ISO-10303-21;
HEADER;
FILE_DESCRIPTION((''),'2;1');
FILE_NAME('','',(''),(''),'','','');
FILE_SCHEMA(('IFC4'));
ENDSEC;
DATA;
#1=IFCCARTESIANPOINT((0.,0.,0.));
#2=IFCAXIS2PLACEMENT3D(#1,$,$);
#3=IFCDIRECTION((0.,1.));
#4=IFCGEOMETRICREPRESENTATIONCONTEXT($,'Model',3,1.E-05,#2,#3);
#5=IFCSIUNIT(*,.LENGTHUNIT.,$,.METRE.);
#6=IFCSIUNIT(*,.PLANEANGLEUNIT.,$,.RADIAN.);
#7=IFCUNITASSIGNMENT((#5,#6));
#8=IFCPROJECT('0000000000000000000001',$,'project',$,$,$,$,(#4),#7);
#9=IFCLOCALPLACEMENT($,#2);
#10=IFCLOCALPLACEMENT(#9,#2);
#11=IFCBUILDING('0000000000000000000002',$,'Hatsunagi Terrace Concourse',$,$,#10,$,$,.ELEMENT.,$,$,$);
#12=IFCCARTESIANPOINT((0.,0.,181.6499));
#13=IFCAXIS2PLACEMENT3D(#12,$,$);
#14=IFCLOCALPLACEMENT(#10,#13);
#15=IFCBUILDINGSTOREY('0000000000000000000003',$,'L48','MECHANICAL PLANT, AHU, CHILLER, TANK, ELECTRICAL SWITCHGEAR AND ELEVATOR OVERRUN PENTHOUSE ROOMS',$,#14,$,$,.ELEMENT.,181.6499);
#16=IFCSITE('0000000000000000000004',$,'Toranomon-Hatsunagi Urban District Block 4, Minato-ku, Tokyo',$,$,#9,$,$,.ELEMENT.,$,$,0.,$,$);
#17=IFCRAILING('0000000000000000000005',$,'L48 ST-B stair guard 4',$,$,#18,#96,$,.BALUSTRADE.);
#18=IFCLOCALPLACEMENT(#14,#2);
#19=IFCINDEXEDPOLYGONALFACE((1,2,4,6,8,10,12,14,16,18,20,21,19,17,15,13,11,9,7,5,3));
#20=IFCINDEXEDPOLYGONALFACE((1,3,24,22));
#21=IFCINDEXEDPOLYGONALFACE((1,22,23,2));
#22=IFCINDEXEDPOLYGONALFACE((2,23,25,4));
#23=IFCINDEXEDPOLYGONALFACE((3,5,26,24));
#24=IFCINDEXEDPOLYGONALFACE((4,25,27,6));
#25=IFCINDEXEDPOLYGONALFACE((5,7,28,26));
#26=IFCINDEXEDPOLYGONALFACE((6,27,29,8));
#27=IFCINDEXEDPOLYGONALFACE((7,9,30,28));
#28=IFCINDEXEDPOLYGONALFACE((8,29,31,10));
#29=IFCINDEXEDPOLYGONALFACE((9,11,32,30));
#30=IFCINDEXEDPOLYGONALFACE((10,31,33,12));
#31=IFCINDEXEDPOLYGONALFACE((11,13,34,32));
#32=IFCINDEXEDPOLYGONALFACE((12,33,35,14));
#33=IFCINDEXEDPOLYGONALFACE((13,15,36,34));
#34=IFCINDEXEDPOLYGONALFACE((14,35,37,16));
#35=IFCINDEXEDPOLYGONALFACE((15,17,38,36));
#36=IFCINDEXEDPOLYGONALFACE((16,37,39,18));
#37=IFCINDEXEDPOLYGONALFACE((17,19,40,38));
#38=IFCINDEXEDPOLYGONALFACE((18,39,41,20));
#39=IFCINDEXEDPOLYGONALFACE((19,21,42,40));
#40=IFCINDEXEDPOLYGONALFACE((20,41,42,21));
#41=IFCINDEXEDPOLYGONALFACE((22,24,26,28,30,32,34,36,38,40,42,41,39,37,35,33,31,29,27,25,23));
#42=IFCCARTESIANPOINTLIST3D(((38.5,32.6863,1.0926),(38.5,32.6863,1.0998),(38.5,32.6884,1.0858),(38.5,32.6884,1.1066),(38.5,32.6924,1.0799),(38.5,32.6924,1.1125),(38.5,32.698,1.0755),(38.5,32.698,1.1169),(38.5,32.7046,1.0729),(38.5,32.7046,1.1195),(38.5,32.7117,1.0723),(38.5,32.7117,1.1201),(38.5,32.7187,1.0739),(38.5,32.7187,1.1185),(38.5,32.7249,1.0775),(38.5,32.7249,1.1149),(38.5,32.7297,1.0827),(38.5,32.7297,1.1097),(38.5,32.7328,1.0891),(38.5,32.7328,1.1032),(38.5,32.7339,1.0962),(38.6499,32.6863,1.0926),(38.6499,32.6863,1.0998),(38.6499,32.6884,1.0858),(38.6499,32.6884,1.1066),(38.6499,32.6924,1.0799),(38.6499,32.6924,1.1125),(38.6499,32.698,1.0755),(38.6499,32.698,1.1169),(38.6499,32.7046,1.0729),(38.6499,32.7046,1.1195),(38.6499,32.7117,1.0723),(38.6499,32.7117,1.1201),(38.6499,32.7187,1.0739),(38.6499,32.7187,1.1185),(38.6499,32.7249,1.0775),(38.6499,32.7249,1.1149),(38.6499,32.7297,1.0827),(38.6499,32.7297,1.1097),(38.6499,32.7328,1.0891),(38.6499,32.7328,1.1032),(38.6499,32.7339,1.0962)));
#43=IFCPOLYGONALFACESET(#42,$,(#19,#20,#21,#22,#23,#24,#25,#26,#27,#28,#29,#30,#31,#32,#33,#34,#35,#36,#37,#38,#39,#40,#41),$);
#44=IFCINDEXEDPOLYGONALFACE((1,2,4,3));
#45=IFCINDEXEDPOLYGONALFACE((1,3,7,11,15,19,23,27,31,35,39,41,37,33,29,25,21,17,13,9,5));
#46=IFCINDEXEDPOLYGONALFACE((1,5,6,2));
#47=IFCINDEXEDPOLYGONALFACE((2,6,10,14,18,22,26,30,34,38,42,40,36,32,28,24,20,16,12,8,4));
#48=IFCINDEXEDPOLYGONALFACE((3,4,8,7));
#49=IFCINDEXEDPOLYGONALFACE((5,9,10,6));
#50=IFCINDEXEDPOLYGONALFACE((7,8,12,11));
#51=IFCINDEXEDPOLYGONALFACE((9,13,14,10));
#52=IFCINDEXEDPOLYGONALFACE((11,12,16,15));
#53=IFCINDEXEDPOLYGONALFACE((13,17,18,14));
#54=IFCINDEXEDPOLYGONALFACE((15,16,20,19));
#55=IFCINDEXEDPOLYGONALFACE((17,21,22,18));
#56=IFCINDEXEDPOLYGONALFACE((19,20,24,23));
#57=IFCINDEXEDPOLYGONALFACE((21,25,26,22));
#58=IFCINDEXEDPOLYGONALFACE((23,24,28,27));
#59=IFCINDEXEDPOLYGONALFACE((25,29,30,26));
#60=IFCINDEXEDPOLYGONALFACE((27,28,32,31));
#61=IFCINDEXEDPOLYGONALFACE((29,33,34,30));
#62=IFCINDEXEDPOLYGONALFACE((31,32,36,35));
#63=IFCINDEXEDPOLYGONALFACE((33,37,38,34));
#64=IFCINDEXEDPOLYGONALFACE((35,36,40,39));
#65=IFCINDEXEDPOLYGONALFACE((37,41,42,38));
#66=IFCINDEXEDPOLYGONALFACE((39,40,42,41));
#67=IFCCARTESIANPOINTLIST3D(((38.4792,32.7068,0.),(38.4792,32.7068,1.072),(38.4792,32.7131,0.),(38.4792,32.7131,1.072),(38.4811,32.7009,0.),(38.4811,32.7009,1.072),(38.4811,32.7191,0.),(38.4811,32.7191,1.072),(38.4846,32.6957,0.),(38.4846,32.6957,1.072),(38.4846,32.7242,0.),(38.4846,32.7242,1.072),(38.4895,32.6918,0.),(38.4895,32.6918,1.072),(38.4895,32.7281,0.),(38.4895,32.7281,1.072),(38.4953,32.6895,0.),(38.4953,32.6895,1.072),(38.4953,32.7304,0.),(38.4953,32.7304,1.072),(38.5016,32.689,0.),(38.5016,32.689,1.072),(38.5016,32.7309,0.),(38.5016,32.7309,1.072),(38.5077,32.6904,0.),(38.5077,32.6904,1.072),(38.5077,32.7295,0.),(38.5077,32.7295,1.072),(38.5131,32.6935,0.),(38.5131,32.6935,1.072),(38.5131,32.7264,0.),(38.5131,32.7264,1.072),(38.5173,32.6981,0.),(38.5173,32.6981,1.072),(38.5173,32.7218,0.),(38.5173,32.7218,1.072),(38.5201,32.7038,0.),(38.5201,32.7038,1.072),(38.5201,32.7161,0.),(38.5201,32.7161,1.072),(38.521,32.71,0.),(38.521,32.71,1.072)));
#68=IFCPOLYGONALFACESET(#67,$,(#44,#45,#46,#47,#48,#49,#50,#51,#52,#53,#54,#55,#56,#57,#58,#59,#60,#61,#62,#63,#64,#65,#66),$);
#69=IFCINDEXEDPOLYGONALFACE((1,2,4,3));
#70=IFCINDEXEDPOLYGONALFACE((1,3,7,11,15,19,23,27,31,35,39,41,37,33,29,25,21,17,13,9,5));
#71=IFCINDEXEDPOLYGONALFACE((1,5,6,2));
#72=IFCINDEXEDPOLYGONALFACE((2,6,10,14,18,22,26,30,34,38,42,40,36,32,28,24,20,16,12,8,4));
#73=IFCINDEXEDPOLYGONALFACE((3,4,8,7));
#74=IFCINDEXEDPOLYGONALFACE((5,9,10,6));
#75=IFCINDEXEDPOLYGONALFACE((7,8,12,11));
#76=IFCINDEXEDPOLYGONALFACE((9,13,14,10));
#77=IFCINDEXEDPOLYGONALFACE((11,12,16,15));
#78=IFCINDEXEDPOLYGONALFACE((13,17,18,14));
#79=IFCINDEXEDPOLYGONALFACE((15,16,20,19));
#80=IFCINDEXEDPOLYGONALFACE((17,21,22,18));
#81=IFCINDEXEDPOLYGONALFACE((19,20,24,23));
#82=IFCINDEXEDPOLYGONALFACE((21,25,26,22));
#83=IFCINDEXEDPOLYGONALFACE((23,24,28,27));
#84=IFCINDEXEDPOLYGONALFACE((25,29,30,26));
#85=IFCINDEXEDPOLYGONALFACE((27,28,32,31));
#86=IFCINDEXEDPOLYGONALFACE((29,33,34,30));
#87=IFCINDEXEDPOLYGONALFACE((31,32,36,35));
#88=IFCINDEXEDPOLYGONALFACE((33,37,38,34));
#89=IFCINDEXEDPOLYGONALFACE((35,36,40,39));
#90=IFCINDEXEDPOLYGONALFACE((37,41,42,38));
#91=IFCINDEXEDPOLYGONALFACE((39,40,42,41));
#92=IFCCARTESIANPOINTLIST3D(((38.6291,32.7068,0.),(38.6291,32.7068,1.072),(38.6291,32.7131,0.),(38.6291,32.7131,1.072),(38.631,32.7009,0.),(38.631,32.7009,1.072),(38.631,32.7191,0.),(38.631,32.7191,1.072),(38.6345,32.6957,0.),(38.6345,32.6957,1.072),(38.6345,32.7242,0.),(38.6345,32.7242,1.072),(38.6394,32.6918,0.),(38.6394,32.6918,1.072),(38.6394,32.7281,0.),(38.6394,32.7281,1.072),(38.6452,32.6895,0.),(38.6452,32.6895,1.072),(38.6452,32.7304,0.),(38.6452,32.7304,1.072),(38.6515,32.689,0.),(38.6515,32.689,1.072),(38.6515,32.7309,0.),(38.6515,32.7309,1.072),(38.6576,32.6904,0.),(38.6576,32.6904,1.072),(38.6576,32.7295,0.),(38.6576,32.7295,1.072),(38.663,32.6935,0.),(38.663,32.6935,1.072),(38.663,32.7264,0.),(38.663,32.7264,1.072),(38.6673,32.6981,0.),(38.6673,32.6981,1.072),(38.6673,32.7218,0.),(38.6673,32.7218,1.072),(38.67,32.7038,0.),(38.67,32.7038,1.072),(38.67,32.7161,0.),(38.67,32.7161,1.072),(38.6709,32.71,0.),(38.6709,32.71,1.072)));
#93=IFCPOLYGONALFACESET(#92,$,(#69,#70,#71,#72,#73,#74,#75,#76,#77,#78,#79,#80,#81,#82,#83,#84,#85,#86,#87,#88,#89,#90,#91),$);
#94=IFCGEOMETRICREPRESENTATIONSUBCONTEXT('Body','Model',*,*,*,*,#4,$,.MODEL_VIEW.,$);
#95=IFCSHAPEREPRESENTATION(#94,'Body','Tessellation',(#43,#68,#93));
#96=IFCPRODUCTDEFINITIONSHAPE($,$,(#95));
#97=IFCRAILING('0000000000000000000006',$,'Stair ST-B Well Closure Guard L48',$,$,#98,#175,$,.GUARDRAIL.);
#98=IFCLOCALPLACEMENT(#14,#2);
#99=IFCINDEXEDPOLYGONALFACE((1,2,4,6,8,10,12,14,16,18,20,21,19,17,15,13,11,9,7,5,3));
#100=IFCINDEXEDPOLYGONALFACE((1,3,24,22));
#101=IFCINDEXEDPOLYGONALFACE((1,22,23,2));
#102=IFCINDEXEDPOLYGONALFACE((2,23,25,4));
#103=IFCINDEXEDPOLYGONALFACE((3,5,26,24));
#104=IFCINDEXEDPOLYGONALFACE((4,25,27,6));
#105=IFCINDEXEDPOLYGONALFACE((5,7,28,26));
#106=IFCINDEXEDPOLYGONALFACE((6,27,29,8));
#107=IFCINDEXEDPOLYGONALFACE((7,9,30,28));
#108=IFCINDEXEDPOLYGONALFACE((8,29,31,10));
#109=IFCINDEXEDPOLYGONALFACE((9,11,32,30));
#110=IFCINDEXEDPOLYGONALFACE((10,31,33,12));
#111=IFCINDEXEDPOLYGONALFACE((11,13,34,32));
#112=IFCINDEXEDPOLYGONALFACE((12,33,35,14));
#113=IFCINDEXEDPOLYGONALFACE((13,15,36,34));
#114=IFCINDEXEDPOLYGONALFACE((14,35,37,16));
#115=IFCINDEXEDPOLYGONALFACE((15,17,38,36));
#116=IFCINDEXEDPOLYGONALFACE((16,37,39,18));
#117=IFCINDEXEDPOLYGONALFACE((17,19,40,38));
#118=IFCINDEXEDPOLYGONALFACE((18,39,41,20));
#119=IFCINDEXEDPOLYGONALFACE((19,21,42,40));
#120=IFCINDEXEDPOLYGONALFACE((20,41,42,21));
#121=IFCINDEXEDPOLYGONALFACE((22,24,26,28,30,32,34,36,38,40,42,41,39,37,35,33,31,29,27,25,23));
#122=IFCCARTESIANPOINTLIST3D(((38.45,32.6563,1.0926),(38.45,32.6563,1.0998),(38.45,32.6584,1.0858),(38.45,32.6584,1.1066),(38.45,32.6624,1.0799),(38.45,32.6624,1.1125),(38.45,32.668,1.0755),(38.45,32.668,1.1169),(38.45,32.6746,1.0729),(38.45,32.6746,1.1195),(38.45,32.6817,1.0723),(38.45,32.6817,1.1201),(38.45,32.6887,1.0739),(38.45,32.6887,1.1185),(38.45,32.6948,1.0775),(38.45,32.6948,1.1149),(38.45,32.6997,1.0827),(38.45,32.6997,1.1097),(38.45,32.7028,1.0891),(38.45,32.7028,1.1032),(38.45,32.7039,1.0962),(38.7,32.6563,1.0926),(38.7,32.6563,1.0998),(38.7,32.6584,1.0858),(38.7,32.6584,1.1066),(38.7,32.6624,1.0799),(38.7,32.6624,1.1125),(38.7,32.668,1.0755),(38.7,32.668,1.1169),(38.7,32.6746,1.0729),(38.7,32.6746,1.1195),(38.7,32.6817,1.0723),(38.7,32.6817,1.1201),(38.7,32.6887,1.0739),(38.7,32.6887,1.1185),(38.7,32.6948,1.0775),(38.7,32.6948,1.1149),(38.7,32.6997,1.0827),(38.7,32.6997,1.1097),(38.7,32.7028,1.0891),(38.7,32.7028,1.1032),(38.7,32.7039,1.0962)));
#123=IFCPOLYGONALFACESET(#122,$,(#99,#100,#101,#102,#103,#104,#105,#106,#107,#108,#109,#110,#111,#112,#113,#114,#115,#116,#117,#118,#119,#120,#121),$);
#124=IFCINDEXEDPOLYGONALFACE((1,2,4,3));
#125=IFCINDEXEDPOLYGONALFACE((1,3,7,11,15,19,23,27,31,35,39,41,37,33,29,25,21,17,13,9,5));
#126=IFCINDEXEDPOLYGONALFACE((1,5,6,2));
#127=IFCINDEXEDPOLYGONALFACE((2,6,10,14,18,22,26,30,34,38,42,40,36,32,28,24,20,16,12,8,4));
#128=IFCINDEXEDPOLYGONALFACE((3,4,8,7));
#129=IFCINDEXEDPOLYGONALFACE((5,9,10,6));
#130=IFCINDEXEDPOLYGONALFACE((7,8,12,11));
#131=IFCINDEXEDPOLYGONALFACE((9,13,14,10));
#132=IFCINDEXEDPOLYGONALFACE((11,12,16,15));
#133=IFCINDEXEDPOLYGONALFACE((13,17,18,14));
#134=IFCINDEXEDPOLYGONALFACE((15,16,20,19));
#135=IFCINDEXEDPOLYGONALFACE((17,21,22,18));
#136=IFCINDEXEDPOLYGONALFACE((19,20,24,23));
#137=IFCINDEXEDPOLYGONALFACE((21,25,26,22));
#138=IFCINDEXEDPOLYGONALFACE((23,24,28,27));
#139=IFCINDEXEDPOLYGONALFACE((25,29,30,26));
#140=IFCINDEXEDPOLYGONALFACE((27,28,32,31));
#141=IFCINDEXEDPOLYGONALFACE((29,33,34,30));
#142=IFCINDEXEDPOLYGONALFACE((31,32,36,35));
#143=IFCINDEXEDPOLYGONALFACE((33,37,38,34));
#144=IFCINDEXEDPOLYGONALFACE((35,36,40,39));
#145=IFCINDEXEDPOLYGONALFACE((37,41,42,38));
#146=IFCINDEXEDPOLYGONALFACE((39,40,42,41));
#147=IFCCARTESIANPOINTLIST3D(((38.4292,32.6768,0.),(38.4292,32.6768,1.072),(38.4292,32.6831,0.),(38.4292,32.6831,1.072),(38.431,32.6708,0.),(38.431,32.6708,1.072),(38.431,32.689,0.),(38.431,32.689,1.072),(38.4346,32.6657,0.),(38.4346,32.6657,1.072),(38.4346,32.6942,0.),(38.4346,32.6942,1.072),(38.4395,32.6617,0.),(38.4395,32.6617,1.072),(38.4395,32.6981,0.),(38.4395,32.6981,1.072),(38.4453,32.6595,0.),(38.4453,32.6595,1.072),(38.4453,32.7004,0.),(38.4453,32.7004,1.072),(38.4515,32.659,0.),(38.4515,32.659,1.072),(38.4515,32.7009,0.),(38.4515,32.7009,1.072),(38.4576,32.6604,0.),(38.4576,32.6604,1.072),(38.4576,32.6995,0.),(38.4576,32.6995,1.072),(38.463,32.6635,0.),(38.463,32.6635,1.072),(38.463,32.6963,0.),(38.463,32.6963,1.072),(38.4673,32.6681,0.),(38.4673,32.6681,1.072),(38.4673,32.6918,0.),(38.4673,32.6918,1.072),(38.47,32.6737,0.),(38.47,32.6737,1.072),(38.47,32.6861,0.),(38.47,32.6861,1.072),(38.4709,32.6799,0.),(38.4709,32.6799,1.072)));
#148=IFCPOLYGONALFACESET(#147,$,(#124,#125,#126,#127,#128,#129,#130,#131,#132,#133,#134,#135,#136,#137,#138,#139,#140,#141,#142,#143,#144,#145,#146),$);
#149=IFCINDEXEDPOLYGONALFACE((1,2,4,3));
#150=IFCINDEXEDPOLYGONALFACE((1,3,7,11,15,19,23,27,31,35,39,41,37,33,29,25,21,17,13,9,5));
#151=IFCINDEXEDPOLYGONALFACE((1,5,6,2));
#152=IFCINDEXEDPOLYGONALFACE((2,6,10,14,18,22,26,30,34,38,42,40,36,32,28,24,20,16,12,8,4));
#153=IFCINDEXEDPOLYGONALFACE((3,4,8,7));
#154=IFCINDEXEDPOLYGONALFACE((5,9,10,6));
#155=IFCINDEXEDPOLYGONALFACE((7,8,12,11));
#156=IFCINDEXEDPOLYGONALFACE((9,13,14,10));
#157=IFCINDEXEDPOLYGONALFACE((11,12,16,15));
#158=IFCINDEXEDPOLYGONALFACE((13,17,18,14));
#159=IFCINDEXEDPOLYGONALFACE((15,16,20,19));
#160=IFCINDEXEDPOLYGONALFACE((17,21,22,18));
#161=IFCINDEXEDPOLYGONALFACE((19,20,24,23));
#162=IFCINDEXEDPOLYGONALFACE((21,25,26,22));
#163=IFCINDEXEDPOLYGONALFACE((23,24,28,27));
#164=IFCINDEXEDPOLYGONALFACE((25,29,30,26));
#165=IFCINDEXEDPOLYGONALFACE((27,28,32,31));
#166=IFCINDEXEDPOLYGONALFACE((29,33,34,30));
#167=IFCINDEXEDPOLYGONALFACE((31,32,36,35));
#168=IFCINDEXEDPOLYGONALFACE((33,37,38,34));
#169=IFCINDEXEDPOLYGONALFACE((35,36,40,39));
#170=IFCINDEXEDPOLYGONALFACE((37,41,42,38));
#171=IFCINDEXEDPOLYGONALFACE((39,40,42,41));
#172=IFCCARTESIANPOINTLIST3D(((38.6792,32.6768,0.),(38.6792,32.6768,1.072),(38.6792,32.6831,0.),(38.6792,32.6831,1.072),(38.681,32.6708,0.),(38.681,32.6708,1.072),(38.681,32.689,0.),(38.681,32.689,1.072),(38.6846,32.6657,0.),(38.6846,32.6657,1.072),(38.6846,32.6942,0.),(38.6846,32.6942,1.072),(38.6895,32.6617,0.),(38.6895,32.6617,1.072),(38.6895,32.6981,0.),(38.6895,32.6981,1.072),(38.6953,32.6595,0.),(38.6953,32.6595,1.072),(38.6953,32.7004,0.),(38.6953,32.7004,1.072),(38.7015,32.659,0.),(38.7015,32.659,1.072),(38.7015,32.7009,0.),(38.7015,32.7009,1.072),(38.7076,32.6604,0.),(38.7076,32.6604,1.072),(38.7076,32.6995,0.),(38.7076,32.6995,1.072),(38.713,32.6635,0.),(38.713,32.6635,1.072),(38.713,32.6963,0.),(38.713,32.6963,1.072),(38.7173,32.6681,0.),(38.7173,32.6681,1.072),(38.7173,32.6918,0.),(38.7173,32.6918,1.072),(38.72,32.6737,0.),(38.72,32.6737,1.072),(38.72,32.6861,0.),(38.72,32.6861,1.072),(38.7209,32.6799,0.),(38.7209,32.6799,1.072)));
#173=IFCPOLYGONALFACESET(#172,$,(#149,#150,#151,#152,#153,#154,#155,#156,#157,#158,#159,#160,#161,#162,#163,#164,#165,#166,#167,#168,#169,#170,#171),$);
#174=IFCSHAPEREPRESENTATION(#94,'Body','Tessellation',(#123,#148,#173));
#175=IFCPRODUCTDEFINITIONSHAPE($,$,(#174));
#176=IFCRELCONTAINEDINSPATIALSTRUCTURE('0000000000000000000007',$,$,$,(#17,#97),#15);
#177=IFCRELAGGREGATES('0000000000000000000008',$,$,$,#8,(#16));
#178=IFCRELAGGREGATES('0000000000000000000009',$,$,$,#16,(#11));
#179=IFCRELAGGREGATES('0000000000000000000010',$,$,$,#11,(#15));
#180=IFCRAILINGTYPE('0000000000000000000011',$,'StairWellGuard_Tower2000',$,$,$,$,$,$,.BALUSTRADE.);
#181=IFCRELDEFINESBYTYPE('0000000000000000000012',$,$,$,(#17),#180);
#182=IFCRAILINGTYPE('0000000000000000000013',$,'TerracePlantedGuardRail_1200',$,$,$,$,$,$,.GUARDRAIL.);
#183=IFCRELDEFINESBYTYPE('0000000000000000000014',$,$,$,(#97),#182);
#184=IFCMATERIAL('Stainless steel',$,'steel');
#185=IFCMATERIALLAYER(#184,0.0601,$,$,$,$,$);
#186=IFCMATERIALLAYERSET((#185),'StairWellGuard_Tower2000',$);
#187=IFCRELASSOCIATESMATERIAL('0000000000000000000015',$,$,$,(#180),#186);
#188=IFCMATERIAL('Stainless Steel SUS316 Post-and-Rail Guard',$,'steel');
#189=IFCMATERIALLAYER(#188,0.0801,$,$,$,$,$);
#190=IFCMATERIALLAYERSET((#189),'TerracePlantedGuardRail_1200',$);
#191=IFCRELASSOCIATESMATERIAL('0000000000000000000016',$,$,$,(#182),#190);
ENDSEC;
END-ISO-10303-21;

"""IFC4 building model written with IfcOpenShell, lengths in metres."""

from ifc_helpers import new_model, si_unit, direction, frame, origin, origin_2d, place, context, subcontext, project, spatial, circle, extrude, material, layer, layer_set, type_object, element, save


model = new_model("IFC4")

# Units and contexts
model_context = context("Model", 3, precision=1e-05, world=origin(), true_north=direction((0.0, 1.0)))
body_context = subcontext(model_context, "Body", "Model", "MODEL_VIEW")
ifc_project = project(units=[si_unit("LENGTHUNIT", "METRE"), si_unit("PLANEANGLEUNIT", "RADIAN")], contexts=[model_context])

# Site, building, storey
site_placement = place(None, origin())
site = spatial("IfcSite", under=ifc_project, at=site_placement, Name="Toranomon-Hatsunagi Urban District Block 4, Minato-ku, Tokyo", CompositionType="ELEMENT", RefElevation=0.0)
building_placement = place(site_placement, origin())
building = spatial("IfcBuilding", under=site, at=building_placement, Name="Hatsunagi Terrace Concourse", CompositionType="ELEMENT")
storey_placement = place(building_placement, frame((0.0, 0.0, 181.6499)))
storey = spatial("IfcBuildingStorey", under=building, at=storey_placement, Name="L48", Description="MECHANICAL PLANT, AHU, CHILLER, TANK, ELECTRICAL SWITCHGEAR AND ELEVATOR OVERRUN PENTHOUSE ROOMS", CompositionType="ELEMENT", Elevation=181.6499)

# Railings
ifc_material_1 = material(Name="Stainless steel", Category="steel")
ifc_layer_1 = layer(ifc_material_1, 0.0601)
ifc_layer_set_1 = layer_set([ifc_layer_1], Name="StairWellGuard_Tower2000")
railing_type_1 = type_object("IfcRailingType", Name="StairWellGuard_Tower2000", PredefinedType="BALUSTRADE", material=ifc_layer_set_1)
railing_1_placement = place(storey_placement, frame((38.5, 32.71, 0.0)))
element("IfcRailing", 1, at=railing_1_placement, inside=storey, type_object=railing_type_1, Name="L48 ST-B stair guard 4", PredefinedType="BALUSTRADE", context=body_context, shape_type="SweptSolid", body=[
    extrude(circle(Radius=0.0239, at=origin_2d()), frame((0.0, 0.0, 1.0962), z_axis=(1.0, 0.0, 0.0), x_axis=(0.0, 1.0, 0.0)), (0.0, 0.0, 1.0), 0.1499),
    extrude(circle(Radius=0.021, at=origin_2d()), origin(), (0.0, 0.0, 1.0), 1.072),
    extrude(circle(Radius=0.021, at=origin_2d()), frame((0.1499, 0.0, 0.0)), (0.0, 0.0, 1.0), 1.072),
])
ifc_material_2 = material(Name="Stainless Steel SUS316 Post-and-Rail Guard", Category="steel")
ifc_layer_2 = layer(ifc_material_2, 0.0801)
ifc_layer_set_2 = layer_set([ifc_layer_2], Name="TerracePlantedGuardRail_1200")
railing_type_2 = type_object("IfcRailingType", Name="TerracePlantedGuardRail_1200", PredefinedType="GUARDRAIL", material=ifc_layer_set_2)
railing_2_placement = place(storey_placement, frame((38.45, 32.6799, 0.0)))
element("IfcRailing", 2, at=railing_2_placement, inside=storey, type_object=railing_type_2, Name="Stair ST-B Well Closure Guard L48", PredefinedType="GUARDRAIL", context=body_context, shape_type="SweptSolid", body=[
    extrude(circle(Radius=0.0239, at=origin_2d()), frame((0.0, 0.0, 1.0962), z_axis=(1.0, 0.0, 0.0), x_axis=(0.0, 1.0, 0.0)), (0.0, 0.0, 1.0), 0.25),
    extrude(circle(Radius=0.021, at=origin_2d()), origin(), (0.0, 0.0, 1.0), 1.072),
    extrude(circle(Radius=0.021, at=origin_2d()), frame((0.25, 0.0, 0.0)), (0.0, 0.0, 1.0), 1.072),
])

save(model, "model.ifc")
